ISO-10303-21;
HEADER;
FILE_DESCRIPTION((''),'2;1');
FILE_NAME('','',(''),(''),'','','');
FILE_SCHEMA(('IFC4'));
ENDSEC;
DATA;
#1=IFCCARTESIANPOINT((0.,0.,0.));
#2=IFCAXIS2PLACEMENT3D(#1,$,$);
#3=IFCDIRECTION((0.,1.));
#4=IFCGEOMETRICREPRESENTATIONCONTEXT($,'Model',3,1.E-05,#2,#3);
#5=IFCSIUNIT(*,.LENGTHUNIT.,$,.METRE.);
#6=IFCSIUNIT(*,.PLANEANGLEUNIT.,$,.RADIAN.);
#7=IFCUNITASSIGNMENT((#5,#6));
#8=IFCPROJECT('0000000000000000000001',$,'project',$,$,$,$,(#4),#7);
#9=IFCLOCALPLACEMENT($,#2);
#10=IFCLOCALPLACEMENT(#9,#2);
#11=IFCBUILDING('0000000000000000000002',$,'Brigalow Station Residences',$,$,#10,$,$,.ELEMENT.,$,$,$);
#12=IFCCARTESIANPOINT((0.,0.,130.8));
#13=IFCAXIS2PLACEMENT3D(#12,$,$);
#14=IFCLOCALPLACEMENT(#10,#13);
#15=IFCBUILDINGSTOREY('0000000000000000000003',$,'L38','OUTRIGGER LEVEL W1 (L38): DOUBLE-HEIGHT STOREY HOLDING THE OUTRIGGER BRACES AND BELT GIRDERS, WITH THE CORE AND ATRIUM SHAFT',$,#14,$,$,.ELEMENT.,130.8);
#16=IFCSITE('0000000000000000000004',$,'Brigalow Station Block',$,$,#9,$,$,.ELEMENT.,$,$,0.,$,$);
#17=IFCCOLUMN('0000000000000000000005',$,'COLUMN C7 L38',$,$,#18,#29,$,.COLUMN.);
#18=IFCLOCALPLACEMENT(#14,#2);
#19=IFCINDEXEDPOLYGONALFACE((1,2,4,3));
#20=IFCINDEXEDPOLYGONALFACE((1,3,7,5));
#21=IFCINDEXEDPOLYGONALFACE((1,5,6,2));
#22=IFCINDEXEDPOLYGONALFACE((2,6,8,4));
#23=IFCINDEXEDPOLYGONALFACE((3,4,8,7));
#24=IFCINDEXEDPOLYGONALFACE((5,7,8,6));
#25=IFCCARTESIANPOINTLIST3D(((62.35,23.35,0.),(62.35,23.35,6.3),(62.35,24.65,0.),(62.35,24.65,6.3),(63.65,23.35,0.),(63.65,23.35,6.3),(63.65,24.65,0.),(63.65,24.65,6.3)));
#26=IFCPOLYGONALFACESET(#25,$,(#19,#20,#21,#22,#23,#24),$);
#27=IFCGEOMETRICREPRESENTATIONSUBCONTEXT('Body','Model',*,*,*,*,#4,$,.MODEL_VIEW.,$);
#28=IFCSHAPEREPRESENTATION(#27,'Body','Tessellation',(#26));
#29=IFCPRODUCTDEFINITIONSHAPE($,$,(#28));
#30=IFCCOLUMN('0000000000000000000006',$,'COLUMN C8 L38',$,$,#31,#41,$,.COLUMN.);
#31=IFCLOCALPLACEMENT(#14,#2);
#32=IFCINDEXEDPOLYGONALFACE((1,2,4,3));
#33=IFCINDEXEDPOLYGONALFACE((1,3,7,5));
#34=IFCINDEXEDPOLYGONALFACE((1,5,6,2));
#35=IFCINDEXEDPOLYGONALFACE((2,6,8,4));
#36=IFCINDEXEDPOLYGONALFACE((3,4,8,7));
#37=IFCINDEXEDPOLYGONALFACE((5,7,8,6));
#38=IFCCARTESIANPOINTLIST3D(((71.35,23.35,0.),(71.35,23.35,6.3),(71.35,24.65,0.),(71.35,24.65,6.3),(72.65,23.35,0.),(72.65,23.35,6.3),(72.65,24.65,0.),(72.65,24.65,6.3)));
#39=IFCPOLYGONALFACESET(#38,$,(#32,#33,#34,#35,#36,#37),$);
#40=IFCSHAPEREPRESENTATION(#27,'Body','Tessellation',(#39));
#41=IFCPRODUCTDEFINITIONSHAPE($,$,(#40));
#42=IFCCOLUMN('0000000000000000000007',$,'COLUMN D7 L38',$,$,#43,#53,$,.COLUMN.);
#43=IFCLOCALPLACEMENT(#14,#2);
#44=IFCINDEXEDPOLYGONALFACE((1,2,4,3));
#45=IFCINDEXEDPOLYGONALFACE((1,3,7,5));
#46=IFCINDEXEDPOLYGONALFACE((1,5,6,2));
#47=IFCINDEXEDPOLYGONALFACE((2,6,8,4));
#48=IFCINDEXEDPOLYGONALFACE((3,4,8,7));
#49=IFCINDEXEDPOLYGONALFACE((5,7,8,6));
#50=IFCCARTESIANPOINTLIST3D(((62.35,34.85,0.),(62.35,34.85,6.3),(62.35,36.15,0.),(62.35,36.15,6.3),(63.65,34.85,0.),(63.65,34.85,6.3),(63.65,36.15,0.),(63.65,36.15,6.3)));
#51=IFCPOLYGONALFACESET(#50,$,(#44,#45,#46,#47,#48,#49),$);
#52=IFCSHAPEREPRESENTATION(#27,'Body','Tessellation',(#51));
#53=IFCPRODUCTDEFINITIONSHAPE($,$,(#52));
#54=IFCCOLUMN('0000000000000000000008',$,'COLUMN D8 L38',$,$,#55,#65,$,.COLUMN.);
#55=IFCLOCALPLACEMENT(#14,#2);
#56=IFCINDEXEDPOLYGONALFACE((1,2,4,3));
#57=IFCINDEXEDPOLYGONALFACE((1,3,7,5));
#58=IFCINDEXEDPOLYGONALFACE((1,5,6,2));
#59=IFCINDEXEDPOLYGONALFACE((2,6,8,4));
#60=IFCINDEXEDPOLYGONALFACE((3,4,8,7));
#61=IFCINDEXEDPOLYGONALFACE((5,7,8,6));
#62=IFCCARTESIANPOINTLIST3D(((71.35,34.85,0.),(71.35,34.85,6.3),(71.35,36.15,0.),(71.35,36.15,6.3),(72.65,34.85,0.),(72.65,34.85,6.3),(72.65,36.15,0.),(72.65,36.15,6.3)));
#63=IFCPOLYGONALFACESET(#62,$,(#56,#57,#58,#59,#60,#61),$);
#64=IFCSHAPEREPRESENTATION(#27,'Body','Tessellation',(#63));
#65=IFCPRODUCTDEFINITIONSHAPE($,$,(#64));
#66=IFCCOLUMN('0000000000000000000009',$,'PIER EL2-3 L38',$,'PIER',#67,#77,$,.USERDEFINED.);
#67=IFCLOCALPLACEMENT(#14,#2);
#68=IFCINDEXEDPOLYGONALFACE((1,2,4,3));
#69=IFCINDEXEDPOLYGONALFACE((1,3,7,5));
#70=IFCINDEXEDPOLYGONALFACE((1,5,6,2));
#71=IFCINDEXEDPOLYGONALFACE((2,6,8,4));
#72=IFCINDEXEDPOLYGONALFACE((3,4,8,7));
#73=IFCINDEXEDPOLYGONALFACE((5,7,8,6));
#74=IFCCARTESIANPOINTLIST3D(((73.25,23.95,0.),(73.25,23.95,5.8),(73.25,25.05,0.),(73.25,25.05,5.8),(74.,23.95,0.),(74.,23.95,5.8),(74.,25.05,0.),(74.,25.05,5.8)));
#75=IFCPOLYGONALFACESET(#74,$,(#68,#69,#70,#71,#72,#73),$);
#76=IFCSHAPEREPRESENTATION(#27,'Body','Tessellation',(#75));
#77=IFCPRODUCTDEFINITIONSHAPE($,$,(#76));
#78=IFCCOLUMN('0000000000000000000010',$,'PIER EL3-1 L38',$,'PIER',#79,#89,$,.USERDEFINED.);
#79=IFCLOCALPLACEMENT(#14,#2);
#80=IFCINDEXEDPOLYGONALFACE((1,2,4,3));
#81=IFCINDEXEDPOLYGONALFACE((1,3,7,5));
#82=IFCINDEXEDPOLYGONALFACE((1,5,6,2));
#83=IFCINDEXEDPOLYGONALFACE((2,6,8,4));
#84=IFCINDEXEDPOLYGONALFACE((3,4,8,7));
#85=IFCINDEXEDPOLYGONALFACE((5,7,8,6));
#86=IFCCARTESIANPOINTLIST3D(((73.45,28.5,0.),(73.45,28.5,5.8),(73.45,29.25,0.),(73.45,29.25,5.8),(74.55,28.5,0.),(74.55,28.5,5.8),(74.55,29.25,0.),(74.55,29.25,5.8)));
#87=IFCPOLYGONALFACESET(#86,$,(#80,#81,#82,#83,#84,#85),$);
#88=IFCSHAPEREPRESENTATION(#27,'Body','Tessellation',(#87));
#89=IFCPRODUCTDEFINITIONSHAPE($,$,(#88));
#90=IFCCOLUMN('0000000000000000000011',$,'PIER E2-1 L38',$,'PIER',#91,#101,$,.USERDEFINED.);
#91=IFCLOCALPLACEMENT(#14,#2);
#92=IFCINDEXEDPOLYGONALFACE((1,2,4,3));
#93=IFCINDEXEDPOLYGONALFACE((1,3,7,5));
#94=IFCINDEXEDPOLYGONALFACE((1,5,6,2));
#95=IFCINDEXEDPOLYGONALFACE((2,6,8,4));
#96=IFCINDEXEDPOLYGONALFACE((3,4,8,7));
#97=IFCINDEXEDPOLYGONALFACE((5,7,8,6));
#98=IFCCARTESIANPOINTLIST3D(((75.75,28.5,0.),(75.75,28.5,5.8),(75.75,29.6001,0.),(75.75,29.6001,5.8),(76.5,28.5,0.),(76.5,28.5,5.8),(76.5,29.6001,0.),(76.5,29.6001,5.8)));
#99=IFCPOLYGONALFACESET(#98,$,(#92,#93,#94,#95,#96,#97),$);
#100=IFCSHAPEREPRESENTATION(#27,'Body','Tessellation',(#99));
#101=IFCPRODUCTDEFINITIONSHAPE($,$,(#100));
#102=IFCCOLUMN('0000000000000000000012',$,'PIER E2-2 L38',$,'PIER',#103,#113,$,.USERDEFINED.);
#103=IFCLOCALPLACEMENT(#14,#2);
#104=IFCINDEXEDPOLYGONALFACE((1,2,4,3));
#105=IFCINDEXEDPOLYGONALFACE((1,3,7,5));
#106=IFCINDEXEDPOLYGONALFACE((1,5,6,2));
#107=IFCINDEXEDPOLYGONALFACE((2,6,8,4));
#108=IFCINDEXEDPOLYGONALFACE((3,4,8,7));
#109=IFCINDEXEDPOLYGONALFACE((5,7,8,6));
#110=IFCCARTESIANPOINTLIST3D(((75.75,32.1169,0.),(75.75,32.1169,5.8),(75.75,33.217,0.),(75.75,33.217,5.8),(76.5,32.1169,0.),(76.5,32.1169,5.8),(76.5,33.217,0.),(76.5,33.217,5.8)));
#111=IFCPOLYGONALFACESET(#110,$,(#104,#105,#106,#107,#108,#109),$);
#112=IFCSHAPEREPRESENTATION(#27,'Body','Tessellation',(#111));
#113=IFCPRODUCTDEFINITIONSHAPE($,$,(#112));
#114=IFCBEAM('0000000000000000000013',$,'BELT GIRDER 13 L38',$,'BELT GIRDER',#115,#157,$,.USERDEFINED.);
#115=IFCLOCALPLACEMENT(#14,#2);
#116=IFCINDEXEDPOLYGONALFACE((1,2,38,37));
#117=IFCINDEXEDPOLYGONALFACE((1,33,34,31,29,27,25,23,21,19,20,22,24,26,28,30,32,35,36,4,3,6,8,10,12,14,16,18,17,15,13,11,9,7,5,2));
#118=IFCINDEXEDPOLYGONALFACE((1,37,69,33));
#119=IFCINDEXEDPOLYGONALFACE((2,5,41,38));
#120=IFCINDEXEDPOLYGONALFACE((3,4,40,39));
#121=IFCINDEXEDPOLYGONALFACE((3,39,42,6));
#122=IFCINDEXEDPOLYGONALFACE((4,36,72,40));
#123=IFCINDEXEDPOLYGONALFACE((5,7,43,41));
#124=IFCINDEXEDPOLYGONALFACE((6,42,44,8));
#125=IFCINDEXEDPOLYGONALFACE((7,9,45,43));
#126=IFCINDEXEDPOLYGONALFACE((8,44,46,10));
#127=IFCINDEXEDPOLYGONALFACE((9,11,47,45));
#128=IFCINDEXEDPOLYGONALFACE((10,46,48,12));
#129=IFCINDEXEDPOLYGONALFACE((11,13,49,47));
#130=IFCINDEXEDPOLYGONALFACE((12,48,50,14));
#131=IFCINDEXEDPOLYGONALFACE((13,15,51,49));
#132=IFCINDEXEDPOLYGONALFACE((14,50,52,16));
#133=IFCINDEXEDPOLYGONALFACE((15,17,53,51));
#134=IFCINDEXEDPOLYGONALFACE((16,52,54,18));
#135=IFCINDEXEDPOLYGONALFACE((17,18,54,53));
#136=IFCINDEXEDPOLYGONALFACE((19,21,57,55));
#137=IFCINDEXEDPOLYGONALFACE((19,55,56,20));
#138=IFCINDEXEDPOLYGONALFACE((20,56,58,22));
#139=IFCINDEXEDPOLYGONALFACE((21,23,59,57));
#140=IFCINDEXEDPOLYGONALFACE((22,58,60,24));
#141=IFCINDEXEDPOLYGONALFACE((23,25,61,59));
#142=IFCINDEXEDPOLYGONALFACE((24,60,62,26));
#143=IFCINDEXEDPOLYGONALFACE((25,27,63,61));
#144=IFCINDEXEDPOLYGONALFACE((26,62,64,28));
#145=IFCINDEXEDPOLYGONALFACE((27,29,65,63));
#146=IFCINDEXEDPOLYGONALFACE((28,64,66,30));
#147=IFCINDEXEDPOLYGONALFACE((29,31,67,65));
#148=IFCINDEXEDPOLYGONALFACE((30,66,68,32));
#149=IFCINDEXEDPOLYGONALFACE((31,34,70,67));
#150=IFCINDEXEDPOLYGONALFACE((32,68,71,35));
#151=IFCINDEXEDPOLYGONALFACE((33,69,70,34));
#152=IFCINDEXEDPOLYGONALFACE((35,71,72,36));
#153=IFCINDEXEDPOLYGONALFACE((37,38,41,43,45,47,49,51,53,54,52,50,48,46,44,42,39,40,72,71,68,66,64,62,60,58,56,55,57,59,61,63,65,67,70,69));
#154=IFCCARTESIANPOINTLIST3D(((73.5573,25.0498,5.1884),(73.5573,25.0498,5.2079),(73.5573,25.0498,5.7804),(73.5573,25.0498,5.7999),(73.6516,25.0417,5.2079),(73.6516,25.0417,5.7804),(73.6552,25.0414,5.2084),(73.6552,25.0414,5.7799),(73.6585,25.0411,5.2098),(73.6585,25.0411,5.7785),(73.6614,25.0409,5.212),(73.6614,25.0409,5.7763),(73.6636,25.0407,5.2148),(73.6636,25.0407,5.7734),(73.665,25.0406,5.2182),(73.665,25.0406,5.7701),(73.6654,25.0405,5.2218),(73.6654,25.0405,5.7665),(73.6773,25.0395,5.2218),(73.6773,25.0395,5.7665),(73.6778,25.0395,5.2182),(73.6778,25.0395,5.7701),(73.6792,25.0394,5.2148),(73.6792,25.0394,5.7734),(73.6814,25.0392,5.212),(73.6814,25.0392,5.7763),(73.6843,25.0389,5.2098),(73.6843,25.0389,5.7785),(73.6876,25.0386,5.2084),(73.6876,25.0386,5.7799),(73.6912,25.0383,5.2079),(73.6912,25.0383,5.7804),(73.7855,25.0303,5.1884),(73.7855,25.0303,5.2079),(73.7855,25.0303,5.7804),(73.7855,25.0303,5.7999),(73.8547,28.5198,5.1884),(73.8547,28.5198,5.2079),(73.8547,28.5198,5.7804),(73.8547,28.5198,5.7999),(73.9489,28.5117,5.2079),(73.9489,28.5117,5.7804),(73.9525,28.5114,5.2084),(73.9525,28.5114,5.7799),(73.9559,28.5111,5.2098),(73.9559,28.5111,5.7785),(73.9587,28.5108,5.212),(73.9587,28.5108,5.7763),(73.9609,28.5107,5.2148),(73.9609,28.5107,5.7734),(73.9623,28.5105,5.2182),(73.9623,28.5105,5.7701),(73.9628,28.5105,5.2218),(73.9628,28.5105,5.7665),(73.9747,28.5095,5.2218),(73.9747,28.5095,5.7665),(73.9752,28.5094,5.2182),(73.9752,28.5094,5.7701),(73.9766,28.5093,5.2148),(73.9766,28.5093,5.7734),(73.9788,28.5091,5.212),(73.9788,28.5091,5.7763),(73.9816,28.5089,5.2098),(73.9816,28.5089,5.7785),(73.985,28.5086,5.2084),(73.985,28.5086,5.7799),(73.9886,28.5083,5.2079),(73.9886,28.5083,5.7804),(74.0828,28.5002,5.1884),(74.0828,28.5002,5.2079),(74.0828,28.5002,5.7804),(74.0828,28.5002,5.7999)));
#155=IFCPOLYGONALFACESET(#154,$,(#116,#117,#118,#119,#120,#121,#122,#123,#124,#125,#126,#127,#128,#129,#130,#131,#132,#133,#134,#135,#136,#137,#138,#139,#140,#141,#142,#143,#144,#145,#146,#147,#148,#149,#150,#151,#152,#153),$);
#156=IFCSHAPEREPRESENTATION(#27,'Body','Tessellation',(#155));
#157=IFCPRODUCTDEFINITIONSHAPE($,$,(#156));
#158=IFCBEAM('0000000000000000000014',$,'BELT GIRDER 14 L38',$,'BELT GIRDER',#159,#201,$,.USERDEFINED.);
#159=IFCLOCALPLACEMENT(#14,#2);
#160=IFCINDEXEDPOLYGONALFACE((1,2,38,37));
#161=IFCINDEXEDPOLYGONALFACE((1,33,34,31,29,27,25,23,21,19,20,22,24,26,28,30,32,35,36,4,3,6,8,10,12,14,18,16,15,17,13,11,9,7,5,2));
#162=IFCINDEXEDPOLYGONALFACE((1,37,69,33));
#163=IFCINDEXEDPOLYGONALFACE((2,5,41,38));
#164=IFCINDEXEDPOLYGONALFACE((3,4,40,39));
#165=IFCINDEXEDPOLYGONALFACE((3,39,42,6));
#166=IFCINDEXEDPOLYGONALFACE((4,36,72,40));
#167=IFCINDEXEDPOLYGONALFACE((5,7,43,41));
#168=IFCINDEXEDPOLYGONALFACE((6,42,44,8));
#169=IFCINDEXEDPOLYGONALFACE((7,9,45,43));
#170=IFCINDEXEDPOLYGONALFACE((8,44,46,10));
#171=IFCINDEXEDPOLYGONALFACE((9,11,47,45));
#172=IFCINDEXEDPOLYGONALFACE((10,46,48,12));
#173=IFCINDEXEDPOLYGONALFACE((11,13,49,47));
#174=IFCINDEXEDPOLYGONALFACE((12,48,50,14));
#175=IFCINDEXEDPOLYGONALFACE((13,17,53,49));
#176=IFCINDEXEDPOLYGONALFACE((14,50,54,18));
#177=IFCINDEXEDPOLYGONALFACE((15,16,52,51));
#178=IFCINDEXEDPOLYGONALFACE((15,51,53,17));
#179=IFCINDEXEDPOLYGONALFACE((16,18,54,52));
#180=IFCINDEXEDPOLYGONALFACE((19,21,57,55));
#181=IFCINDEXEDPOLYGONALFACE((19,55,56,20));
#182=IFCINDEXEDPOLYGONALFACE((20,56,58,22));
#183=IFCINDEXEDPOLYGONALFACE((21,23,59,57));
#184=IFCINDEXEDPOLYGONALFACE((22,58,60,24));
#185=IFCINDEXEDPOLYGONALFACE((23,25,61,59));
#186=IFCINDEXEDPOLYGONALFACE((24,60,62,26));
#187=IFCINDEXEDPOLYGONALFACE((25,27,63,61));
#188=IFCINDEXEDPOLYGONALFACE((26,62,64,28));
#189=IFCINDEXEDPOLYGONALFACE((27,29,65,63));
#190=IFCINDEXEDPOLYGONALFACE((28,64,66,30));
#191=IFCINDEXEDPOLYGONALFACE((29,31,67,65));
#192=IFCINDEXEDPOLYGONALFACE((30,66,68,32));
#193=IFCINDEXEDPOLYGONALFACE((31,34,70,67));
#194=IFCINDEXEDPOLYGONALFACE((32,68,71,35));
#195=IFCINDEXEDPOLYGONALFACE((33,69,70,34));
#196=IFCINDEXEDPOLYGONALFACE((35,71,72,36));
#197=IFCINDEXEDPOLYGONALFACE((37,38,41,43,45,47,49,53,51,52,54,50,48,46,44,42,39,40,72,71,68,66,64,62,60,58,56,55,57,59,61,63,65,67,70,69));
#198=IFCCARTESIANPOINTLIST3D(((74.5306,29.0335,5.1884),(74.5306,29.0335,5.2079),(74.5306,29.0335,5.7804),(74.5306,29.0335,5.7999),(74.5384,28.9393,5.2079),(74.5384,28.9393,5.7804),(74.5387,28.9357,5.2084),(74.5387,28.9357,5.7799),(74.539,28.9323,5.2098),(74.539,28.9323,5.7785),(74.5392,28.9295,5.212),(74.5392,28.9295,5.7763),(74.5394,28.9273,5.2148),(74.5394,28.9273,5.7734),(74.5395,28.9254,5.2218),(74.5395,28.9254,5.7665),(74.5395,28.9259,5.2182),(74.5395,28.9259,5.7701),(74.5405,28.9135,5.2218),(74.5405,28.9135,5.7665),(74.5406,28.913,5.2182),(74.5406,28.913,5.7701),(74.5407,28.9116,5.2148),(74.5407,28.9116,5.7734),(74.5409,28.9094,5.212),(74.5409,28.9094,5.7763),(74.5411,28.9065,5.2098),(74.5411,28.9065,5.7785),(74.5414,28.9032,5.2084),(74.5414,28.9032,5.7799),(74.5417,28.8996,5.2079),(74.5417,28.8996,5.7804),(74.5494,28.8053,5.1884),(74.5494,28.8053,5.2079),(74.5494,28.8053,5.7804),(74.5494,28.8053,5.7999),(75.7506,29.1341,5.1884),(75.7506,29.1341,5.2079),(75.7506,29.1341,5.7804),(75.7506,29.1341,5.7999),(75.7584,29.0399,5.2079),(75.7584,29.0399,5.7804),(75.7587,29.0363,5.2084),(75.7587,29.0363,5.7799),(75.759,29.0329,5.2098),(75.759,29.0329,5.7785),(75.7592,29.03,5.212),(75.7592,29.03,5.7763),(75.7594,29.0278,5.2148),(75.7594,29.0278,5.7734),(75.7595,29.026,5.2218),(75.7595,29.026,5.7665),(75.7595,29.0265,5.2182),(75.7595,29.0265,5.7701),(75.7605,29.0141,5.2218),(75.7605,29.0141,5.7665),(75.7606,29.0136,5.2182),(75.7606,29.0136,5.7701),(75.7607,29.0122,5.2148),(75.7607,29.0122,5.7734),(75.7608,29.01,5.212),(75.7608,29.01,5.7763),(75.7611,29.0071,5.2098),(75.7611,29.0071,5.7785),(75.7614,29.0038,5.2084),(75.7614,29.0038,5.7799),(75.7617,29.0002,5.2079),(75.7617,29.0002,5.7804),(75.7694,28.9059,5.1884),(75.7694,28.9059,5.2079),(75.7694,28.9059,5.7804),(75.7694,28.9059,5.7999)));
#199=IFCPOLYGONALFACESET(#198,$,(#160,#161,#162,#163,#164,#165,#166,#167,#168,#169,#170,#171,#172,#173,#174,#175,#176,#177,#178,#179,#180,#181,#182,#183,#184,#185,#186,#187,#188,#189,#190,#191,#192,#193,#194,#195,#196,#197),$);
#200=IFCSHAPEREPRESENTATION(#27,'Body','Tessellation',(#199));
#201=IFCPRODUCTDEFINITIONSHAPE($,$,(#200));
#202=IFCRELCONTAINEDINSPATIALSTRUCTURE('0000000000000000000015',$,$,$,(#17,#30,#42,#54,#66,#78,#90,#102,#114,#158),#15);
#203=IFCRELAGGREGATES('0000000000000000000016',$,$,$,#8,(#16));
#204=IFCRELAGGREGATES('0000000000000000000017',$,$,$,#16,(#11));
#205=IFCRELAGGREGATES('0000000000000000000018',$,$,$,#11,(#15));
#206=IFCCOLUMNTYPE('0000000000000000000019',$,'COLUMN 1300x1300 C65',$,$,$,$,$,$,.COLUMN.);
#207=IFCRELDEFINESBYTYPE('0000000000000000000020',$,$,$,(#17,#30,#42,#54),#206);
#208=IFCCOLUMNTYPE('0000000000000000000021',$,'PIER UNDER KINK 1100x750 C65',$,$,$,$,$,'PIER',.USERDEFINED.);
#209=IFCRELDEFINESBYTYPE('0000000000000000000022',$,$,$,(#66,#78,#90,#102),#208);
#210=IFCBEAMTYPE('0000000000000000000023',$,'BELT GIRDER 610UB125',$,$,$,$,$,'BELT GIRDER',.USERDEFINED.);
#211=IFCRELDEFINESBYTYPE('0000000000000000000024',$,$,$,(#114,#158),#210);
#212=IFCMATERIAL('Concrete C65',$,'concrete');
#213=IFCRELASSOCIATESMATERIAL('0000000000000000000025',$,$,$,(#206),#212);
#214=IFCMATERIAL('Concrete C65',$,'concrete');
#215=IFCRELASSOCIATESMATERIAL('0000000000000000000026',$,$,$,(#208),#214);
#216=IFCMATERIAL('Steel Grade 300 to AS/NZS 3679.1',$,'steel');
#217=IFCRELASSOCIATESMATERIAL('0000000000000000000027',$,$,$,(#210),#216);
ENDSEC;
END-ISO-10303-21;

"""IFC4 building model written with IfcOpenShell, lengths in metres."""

from ifc_helpers import new_model, si_unit, direction, frame, origin, origin_2d, place, context, subcontext, project, spatial, rectangle, i_section, extrude, material, material_profile, profile_set, type_object, element, save


model = new_model("IFC4")

# Units and contexts
model_context = context("Model", 3, precision=1e-05, world=origin(), true_north=direction((0.0, 1.0)))
body_context = subcontext(model_context, "Body", "Model", "MODEL_VIEW")
ifc_project = project(units=[si_unit("LENGTHUNIT", "METRE"), si_unit("PLANEANGLEUNIT", "RADIAN")], contexts=[model_context])

# Site, building, storey
site_placement = place(None, origin())
site = spatial("IfcSite", under=ifc_project, at=site_placement, Name="Brigalow Station Block", CompositionType="ELEMENT", RefElevation=0.0)
building_placement = place(site_placement, origin())
building = spatial("IfcBuilding", under=site, at=building_placement, Name="Brigalow Station Residences", CompositionType="ELEMENT")
storey_placement = place(building_placement, frame((0.0, 0.0, 130.8)))
storey = spatial("IfcBuildingStorey", under=building, at=storey_placement, Name="L38", Description="OUTRIGGER LEVEL W1 (L38): DOUBLE-HEIGHT STOREY HOLDING THE OUTRIGGER BRACES AND BELT GIRDERS, WITH THE CORE AND ATRIUM SHAFT", CompositionType="ELEMENT", Elevation=130.8)

# Columns
ifc_material_1 = material(Name="Concrete C65", Category="concrete")
ifc_material_profile_1 = material_profile(ifc_material_1, rectangle(XDim=1.3, YDim=1.3, at=origin_2d()), Name="RC1300x1300")
ifc_profile_set_1 = profile_set([ifc_material_profile_1], Name="Concrete C65")
column_type_1 = type_object("IfcColumnType", Name="COLUMN 1300x1300 C65", PredefinedType="COLUMN", material=ifc_profile_set_1)
for number, where, z_axis, x_axis, name in (
    (1, (63.0, 24.0, 0.0), (0.0, 0.0, 1.0), (1.0, 0.0, 0.0), "COLUMN C7 L38"),
    (2, (72.0, 24.0, 0.0), (0.0, 0.0, 1.0), (1.0, 0.0, 0.0), "COLUMN C8 L38"),
    (3, (63.0, 35.5, 0.0), (0.0, 0.0, 1.0), (1.0, 0.0, 0.0), "COLUMN D7 L38"),
    (4, (72.0, 35.5, 0.0), (0.0, 0.0, 1.0), (1.0, 0.0, 0.0), "COLUMN D8 L38"),
):
    element("IfcColumn", number, at=place(storey_placement, frame(where, z_axis=z_axis, x_axis=x_axis)), inside=storey, type_object=column_type_1, Name=name, PredefinedType="COLUMN", context=body_context, shape_type="SweptSolid", body=[
        extrude(rectangle(XDim=1.3, YDim=1.3, at=origin_2d()), origin(), (0.0, 0.0, 1.0), 6.3),
    ])
ifc_material_2 = material(Name="Concrete C65", Category="concrete")
ifc_material_profile_2 = material_profile(ifc_material_2, rectangle(XDim=1.1001, YDim=0.75, at=origin_2d()), Name="RC1100x750")
ifc_profile_set_2 = profile_set([ifc_material_profile_2], Name="Concrete C65")
column_type_2 = type_object("IfcColumnType", Name="PIER UNDER KINK 1100x750 C65", ElementType="PIER", PredefinedType="USERDEFINED", material=ifc_profile_set_2)
for number, where, z_axis, x_axis, name in (
    (5, (73.625, 24.5, 0.0), (0.0, 0.0, 1.0), (0.0, 1.0, 0.0), "PIER EL2-3 L38"),
    (6, (74.0, 28.875, 0.0), (0.0, 0.0, 1.0), (1.0, 0.0, 0.0), "PIER EL3-1 L38"),
    (7, (76.125, 29.05, 0.0), (0.0, 0.0, 1.0), (0.0, 1.0, 0.0), "PIER E2-1 L38"),
    (8, (76.125, 32.667, 0.0), (0.0, 0.0, 1.0), (0.0, 1.0, 0.0), "PIER E2-2 L38"),
):
    element("IfcColumn", number, at=place(storey_placement, frame(where, z_axis=z_axis, x_axis=x_axis)), inside=storey, type_object=column_type_2, Name=name, ObjectType="PIER", PredefinedType="USERDEFINED", context=body_context, shape_type="SweptSolid", body=[
        extrude(rectangle(XDim=1.1001, YDim=0.75, at=origin_2d()), origin(), (0.0, 0.0, 1.0), 5.8),
    ])

# Beams
ifc_material_3 = material(Name="Steel Grade 300 to AS/NZS 3679.1", Category="steel")
ifc_material_profile_3 = material_profile(ifc_material_3, i_section(OverallWidth=0.229, OverallDepth=0.6116, WebThickness=0.012, FlangeThickness=0.0195, FilletRadius=0.0139, at=origin_2d()), Name="610UB125")
ifc_profile_set_3 = profile_set([ifc_material_profile_3], Name="Steel Grade 300 to AS/NZS 3679.1")
beam_type = type_object("IfcBeamType", Name="BELT GIRDER 610UB125", ElementType="BELT GIRDER", PredefinedType="USERDEFINED", material=ifc_profile_set_3)
beam_1_placement = place(storey_placement, frame((73.6714, 25.04, 5.4941), z_axis=(0.085383, 0.996348, 0.0), x_axis=(-0.996348, 0.085383, 0.0)))
element("IfcBeam", 9, at=beam_1_placement, inside=storey, type_object=beam_type, Name="BELT GIRDER 13 L38", ObjectType="BELT GIRDER", PredefinedType="USERDEFINED", context=body_context, shape_type="SweptSolid", body=[
    extrude(i_section(OverallWidth=0.229, OverallDepth=0.6116, WebThickness=0.012, FlangeThickness=0.0195, FilletRadius=0.0139, at=origin_2d()), origin(), (0.0, 0.0, 1.0), 3.4827),
])
beam_2_placement = place(storey_placement, frame((74.54, 28.9194, 5.4941), z_axis=(0.996618, 0.082171, 0.0), x_axis=(-0.082171, 0.996618, 0.0)))
element("IfcBeam", 10, at=beam_2_placement, inside=storey, type_object=beam_type, Name="BELT GIRDER 14 L38", ObjectType="BELT GIRDER", PredefinedType="USERDEFINED", context=body_context, shape_type="SweptSolid", body=[
    extrude(i_section(OverallWidth=0.229, OverallDepth=0.6116, WebThickness=0.012, FlangeThickness=0.0195, FilletRadius=0.0139, at=origin_2d()), origin(), (0.0, 0.0, 1.0), 1.2241),
])

save(model, "model.ifc")
